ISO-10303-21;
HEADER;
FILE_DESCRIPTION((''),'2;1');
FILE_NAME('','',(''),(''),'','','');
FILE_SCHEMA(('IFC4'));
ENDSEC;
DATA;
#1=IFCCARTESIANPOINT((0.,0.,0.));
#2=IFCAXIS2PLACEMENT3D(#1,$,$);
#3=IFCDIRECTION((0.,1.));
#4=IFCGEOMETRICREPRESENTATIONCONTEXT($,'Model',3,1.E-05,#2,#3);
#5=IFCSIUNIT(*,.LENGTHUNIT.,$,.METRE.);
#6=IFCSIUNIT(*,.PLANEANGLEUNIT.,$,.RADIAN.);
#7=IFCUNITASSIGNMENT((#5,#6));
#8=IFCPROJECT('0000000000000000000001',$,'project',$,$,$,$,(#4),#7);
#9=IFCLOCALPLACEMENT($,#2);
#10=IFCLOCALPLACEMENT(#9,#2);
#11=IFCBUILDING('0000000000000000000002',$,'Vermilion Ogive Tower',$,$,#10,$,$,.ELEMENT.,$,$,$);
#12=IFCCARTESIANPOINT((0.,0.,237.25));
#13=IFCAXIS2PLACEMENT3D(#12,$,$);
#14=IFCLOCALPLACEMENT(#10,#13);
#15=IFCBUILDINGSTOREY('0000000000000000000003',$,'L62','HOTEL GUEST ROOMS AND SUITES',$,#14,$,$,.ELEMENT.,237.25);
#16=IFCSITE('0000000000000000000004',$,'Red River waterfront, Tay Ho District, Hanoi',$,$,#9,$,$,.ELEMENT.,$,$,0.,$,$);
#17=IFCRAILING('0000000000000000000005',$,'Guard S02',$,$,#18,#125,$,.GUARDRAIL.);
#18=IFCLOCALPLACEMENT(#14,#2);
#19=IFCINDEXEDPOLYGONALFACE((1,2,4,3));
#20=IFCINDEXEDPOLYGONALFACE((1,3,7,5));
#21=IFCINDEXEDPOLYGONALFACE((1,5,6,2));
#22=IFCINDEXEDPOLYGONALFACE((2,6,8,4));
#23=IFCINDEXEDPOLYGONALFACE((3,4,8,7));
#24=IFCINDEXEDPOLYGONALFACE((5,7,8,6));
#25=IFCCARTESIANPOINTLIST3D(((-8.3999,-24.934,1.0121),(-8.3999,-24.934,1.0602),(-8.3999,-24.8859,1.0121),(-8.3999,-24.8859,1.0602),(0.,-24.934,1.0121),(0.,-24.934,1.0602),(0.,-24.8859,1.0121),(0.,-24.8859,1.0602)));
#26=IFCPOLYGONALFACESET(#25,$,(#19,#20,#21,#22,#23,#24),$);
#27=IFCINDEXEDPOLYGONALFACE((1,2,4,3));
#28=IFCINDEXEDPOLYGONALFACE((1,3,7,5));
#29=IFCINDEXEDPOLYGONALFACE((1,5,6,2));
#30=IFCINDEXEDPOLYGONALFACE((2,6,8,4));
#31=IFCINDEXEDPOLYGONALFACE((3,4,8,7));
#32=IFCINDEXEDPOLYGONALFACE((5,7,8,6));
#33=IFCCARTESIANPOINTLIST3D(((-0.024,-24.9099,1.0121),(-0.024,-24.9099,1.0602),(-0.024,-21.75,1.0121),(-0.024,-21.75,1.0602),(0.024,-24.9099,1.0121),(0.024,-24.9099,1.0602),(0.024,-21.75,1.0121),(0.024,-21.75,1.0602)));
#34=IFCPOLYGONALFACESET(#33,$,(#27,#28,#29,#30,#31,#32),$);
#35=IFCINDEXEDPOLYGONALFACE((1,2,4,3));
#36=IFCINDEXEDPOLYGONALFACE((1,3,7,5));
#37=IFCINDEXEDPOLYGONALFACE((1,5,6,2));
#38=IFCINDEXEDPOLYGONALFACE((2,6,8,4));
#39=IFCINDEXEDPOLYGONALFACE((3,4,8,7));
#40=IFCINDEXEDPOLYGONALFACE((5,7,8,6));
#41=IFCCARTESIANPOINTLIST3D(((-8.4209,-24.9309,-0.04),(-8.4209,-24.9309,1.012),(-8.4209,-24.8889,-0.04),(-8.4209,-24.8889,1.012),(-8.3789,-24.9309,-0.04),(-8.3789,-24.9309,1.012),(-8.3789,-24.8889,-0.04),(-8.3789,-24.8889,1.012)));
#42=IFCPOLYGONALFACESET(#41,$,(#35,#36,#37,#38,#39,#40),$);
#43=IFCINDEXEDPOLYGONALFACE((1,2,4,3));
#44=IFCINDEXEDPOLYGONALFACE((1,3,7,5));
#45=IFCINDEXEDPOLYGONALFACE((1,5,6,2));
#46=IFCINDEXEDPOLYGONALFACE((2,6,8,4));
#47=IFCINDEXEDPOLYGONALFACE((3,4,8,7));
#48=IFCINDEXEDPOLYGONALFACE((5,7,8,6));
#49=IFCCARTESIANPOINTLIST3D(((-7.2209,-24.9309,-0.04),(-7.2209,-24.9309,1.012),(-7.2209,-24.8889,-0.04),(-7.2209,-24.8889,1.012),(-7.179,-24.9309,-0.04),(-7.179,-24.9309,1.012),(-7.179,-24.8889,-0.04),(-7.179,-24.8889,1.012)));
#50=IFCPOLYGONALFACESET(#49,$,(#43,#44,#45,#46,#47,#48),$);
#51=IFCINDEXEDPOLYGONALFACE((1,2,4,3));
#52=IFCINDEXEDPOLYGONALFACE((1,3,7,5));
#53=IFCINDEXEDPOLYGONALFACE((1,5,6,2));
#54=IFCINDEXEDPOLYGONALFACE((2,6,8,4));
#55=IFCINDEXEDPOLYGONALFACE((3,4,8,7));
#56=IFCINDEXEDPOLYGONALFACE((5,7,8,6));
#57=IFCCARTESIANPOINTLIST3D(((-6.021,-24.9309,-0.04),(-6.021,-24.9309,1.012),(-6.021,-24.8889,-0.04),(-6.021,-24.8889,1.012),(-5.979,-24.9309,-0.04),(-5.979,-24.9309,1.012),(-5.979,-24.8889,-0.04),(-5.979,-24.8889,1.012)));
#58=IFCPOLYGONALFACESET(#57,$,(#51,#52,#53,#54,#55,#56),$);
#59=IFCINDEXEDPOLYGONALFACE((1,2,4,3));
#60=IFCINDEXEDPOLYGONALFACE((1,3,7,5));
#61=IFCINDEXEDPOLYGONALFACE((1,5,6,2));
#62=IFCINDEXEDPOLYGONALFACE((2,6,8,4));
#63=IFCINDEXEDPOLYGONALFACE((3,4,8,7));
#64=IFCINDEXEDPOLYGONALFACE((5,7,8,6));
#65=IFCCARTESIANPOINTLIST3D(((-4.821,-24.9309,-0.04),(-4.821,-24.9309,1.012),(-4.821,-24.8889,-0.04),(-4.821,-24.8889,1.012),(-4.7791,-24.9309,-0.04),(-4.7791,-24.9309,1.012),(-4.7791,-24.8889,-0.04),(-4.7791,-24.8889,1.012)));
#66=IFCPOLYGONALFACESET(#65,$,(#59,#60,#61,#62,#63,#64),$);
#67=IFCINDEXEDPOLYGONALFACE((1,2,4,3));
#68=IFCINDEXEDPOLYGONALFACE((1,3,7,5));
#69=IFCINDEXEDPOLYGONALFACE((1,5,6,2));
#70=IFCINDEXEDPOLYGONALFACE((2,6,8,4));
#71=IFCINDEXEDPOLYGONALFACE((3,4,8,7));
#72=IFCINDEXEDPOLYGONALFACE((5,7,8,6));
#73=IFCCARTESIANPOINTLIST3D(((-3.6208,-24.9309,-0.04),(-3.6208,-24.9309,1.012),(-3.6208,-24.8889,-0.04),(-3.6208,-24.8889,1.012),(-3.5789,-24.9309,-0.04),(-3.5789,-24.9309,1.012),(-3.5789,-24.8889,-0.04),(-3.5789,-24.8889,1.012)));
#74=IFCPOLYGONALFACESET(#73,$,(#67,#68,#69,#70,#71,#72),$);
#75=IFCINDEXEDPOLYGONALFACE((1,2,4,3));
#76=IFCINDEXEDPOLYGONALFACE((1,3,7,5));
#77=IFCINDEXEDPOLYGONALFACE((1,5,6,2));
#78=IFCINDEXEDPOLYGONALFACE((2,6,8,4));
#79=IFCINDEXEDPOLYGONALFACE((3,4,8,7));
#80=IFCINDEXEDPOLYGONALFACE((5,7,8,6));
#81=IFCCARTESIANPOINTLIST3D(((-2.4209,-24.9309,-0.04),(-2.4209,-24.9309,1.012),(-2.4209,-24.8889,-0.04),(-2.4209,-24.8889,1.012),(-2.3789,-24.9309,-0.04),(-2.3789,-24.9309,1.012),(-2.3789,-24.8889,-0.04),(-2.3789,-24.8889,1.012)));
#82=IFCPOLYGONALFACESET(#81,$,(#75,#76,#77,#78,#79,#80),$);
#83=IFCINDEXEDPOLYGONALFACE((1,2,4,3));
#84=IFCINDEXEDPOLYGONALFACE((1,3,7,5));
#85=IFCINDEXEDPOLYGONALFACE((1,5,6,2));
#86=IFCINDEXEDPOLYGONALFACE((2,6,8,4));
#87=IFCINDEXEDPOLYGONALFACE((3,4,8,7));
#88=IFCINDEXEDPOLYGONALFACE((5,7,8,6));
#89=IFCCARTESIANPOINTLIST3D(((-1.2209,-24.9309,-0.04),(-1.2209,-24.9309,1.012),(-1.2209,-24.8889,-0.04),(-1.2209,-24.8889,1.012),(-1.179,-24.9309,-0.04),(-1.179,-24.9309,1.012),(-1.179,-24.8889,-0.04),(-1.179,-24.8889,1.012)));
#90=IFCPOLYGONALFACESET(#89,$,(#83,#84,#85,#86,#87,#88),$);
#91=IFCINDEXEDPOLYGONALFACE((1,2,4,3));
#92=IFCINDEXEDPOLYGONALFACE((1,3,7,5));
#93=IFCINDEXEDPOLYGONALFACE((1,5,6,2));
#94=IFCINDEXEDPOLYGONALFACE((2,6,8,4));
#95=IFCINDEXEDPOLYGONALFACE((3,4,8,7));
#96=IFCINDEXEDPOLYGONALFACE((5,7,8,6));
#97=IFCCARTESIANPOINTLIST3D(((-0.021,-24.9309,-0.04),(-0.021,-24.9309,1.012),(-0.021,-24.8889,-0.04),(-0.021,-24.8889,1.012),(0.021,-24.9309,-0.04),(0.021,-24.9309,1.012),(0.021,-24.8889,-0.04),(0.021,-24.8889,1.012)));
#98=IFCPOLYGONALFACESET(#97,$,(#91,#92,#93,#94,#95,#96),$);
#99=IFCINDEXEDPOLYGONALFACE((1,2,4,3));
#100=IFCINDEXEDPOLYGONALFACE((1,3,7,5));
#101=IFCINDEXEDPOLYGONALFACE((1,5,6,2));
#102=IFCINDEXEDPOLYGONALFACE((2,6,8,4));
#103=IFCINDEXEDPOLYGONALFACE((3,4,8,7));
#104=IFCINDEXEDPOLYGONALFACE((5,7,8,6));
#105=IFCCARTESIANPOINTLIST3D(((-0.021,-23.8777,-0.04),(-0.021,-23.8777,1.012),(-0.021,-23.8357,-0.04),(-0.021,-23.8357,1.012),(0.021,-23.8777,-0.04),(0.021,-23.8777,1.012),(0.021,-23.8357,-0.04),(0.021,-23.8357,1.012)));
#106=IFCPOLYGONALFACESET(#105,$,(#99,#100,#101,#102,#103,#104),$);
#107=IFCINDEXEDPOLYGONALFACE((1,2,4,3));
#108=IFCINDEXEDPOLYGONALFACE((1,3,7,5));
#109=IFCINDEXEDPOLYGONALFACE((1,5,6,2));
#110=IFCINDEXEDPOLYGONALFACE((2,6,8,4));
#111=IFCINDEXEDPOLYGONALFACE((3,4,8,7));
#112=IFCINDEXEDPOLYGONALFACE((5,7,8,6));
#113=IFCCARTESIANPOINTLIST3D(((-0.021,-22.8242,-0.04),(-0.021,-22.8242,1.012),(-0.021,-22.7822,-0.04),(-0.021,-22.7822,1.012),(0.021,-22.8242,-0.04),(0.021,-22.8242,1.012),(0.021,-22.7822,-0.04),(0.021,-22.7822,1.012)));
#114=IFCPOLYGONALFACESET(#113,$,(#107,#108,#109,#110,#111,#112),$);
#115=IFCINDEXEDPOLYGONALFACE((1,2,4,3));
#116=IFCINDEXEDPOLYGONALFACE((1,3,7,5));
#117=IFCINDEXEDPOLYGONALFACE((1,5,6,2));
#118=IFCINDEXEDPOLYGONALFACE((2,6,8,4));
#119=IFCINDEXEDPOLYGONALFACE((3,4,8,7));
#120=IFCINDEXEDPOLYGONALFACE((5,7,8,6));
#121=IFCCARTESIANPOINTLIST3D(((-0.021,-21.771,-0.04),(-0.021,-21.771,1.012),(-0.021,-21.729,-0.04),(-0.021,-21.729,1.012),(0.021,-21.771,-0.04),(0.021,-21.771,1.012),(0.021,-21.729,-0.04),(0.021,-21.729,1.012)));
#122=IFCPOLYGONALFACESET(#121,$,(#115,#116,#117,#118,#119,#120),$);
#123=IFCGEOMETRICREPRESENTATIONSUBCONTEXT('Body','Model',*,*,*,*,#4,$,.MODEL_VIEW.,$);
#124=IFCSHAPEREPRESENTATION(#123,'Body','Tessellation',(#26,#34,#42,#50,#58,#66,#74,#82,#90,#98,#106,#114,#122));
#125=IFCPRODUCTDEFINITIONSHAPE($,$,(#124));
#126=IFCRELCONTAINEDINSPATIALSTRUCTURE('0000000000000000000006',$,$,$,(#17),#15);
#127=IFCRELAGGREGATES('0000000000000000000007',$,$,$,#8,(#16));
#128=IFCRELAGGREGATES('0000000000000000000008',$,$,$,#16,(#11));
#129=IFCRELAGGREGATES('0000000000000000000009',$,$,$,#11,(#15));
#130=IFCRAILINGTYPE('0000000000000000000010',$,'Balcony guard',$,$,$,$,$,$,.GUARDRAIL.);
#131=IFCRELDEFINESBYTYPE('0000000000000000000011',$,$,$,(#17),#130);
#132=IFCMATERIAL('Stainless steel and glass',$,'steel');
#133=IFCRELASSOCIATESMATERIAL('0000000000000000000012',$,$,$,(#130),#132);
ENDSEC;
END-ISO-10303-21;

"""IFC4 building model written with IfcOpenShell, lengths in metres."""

from ifc_helpers import new_model, si_unit, direction, frame, origin, origin_2d, place, context, subcontext, project, spatial, rectangle, extrude, material, type_object, element, save


model = new_model("IFC4")

# Units and contexts
model_context = context("Model", 3, precision=1e-05, world=origin(), true_north=direction((0.0, 1.0)))
body_context = subcontext(model_context, "Body", "Model", "MODEL_VIEW")
ifc_project = project(units=[si_unit("LENGTHUNIT", "METRE"), si_unit("PLANEANGLEUNIT", "RADIAN")], contexts=[model_context])

# Site, building, storey
site_placement = place(None, origin())
site = spatial("IfcSite", under=ifc_project, at=site_placement, Name="Red River waterfront, Tay Ho District, Hanoi", CompositionType="ELEMENT", RefElevation=0.0)
building_placement = place(site_placement, origin())
building = spatial("IfcBuilding", under=site, at=building_placement, Name="Vermilion Ogive Tower", CompositionType="ELEMENT")
storey_placement = place(building_placement, frame((0.0, 0.0, 237.25)))
storey = spatial("IfcBuildingStorey", under=building, at=storey_placement, Name="L62", Description="HOTEL GUEST ROOMS AND SUITES", CompositionType="ELEMENT", Elevation=237.25)

# Railing
ifc_material_1 = material(Name="Stainless steel and glass", Category="steel")
railing_type_1 = type_object("IfcRailingType", Name="Balcony guard", PredefinedType="GUARDRAIL", material=ifc_material_1)
railing_1_placement = place(storey_placement, frame((-8.3999, -24.9099, -0.04)))
element("IfcRailing", 1, at=railing_1_placement, inside=storey, type_object=railing_type_1, Name="Guard S02", PredefinedType="GUARDRAIL", context=body_context, shape_type="SweptSolid", body=[
    extrude(rectangle(XDim=0.0481, YDim=0.0481, at=origin_2d()), frame((0.0, 0.0, 1.0762), z_axis=(1.0, 0.0, 0.0), x_axis=(0.0, 1.0, 0.0)), (0.0, 0.0, 1.0), 8.3999),
    extrude(rectangle(XDim=0.0481, YDim=0.0481, at=origin_2d()), frame((8.3999, 0.0, 1.0762), z_axis=(0.0, 1.0, 0.0), x_axis=(-1.0, 0.0, 0.0)), (0.0, 0.0, 1.0), 3.1599),
    extrude(rectangle(XDim=0.042, YDim=0.042, at=origin_2d()), origin(), (0.0, 0.0, 1.0), 1.052),
    extrude(rectangle(XDim=0.042, YDim=0.042, at=origin_2d()), frame((1.2, 0.0, 0.0)), (0.0, 0.0, 1.0), 1.052),
    extrude(rectangle(XDim=0.042, YDim=0.042, at=origin_2d()), frame((2.3999, 0.0, 0.0)), (0.0, 0.0, 1.0), 1.052),
    extrude(rectangle(XDim=0.042, YDim=0.042, at=origin_2d()), frame((3.5999, 0.0, 0.0)), (0.0, 0.0, 1.0), 1.052),
    extrude(rectangle(XDim=0.042, YDim=0.042, at=origin_2d()), frame((4.8, 0.0, 0.0)), (0.0, 0.0, 1.0), 1.052),
    extrude(rectangle(XDim=0.042, YDim=0.042, at=origin_2d()), frame((6.0, 0.0, 0.0)), (0.0, 0.0, 1.0), 1.052),
    extrude(rectangle(XDim=0.042, YDim=0.042, at=origin_2d()), frame((7.2, 0.0, 0.0)), (0.0, 0.0, 1.0), 1.052),
    extrude(rectangle(XDim=0.042, YDim=0.042, at=origin_2d()), frame((8.3999, 0.0, 0.0)), (0.0, 0.0, 1.0), 1.052),
    extrude(rectangle(XDim=0.042, YDim=0.042, at=origin_2d()), frame((8.3999, 1.0532, 0.0)), (0.0, 0.0, 1.0), 1.052),
    extrude(rectangle(XDim=0.042, YDim=0.042, at=origin_2d()), frame((8.3999, 2.1067, 0.0)), (0.0, 0.0, 1.0), 1.052),
    extrude(rectangle(XDim=0.042, YDim=0.042, at=origin_2d()), frame((8.3999, 3.1599, 0.0)), (0.0, 0.0, 1.0), 1.052),
])

save(model, "model.ifc")
